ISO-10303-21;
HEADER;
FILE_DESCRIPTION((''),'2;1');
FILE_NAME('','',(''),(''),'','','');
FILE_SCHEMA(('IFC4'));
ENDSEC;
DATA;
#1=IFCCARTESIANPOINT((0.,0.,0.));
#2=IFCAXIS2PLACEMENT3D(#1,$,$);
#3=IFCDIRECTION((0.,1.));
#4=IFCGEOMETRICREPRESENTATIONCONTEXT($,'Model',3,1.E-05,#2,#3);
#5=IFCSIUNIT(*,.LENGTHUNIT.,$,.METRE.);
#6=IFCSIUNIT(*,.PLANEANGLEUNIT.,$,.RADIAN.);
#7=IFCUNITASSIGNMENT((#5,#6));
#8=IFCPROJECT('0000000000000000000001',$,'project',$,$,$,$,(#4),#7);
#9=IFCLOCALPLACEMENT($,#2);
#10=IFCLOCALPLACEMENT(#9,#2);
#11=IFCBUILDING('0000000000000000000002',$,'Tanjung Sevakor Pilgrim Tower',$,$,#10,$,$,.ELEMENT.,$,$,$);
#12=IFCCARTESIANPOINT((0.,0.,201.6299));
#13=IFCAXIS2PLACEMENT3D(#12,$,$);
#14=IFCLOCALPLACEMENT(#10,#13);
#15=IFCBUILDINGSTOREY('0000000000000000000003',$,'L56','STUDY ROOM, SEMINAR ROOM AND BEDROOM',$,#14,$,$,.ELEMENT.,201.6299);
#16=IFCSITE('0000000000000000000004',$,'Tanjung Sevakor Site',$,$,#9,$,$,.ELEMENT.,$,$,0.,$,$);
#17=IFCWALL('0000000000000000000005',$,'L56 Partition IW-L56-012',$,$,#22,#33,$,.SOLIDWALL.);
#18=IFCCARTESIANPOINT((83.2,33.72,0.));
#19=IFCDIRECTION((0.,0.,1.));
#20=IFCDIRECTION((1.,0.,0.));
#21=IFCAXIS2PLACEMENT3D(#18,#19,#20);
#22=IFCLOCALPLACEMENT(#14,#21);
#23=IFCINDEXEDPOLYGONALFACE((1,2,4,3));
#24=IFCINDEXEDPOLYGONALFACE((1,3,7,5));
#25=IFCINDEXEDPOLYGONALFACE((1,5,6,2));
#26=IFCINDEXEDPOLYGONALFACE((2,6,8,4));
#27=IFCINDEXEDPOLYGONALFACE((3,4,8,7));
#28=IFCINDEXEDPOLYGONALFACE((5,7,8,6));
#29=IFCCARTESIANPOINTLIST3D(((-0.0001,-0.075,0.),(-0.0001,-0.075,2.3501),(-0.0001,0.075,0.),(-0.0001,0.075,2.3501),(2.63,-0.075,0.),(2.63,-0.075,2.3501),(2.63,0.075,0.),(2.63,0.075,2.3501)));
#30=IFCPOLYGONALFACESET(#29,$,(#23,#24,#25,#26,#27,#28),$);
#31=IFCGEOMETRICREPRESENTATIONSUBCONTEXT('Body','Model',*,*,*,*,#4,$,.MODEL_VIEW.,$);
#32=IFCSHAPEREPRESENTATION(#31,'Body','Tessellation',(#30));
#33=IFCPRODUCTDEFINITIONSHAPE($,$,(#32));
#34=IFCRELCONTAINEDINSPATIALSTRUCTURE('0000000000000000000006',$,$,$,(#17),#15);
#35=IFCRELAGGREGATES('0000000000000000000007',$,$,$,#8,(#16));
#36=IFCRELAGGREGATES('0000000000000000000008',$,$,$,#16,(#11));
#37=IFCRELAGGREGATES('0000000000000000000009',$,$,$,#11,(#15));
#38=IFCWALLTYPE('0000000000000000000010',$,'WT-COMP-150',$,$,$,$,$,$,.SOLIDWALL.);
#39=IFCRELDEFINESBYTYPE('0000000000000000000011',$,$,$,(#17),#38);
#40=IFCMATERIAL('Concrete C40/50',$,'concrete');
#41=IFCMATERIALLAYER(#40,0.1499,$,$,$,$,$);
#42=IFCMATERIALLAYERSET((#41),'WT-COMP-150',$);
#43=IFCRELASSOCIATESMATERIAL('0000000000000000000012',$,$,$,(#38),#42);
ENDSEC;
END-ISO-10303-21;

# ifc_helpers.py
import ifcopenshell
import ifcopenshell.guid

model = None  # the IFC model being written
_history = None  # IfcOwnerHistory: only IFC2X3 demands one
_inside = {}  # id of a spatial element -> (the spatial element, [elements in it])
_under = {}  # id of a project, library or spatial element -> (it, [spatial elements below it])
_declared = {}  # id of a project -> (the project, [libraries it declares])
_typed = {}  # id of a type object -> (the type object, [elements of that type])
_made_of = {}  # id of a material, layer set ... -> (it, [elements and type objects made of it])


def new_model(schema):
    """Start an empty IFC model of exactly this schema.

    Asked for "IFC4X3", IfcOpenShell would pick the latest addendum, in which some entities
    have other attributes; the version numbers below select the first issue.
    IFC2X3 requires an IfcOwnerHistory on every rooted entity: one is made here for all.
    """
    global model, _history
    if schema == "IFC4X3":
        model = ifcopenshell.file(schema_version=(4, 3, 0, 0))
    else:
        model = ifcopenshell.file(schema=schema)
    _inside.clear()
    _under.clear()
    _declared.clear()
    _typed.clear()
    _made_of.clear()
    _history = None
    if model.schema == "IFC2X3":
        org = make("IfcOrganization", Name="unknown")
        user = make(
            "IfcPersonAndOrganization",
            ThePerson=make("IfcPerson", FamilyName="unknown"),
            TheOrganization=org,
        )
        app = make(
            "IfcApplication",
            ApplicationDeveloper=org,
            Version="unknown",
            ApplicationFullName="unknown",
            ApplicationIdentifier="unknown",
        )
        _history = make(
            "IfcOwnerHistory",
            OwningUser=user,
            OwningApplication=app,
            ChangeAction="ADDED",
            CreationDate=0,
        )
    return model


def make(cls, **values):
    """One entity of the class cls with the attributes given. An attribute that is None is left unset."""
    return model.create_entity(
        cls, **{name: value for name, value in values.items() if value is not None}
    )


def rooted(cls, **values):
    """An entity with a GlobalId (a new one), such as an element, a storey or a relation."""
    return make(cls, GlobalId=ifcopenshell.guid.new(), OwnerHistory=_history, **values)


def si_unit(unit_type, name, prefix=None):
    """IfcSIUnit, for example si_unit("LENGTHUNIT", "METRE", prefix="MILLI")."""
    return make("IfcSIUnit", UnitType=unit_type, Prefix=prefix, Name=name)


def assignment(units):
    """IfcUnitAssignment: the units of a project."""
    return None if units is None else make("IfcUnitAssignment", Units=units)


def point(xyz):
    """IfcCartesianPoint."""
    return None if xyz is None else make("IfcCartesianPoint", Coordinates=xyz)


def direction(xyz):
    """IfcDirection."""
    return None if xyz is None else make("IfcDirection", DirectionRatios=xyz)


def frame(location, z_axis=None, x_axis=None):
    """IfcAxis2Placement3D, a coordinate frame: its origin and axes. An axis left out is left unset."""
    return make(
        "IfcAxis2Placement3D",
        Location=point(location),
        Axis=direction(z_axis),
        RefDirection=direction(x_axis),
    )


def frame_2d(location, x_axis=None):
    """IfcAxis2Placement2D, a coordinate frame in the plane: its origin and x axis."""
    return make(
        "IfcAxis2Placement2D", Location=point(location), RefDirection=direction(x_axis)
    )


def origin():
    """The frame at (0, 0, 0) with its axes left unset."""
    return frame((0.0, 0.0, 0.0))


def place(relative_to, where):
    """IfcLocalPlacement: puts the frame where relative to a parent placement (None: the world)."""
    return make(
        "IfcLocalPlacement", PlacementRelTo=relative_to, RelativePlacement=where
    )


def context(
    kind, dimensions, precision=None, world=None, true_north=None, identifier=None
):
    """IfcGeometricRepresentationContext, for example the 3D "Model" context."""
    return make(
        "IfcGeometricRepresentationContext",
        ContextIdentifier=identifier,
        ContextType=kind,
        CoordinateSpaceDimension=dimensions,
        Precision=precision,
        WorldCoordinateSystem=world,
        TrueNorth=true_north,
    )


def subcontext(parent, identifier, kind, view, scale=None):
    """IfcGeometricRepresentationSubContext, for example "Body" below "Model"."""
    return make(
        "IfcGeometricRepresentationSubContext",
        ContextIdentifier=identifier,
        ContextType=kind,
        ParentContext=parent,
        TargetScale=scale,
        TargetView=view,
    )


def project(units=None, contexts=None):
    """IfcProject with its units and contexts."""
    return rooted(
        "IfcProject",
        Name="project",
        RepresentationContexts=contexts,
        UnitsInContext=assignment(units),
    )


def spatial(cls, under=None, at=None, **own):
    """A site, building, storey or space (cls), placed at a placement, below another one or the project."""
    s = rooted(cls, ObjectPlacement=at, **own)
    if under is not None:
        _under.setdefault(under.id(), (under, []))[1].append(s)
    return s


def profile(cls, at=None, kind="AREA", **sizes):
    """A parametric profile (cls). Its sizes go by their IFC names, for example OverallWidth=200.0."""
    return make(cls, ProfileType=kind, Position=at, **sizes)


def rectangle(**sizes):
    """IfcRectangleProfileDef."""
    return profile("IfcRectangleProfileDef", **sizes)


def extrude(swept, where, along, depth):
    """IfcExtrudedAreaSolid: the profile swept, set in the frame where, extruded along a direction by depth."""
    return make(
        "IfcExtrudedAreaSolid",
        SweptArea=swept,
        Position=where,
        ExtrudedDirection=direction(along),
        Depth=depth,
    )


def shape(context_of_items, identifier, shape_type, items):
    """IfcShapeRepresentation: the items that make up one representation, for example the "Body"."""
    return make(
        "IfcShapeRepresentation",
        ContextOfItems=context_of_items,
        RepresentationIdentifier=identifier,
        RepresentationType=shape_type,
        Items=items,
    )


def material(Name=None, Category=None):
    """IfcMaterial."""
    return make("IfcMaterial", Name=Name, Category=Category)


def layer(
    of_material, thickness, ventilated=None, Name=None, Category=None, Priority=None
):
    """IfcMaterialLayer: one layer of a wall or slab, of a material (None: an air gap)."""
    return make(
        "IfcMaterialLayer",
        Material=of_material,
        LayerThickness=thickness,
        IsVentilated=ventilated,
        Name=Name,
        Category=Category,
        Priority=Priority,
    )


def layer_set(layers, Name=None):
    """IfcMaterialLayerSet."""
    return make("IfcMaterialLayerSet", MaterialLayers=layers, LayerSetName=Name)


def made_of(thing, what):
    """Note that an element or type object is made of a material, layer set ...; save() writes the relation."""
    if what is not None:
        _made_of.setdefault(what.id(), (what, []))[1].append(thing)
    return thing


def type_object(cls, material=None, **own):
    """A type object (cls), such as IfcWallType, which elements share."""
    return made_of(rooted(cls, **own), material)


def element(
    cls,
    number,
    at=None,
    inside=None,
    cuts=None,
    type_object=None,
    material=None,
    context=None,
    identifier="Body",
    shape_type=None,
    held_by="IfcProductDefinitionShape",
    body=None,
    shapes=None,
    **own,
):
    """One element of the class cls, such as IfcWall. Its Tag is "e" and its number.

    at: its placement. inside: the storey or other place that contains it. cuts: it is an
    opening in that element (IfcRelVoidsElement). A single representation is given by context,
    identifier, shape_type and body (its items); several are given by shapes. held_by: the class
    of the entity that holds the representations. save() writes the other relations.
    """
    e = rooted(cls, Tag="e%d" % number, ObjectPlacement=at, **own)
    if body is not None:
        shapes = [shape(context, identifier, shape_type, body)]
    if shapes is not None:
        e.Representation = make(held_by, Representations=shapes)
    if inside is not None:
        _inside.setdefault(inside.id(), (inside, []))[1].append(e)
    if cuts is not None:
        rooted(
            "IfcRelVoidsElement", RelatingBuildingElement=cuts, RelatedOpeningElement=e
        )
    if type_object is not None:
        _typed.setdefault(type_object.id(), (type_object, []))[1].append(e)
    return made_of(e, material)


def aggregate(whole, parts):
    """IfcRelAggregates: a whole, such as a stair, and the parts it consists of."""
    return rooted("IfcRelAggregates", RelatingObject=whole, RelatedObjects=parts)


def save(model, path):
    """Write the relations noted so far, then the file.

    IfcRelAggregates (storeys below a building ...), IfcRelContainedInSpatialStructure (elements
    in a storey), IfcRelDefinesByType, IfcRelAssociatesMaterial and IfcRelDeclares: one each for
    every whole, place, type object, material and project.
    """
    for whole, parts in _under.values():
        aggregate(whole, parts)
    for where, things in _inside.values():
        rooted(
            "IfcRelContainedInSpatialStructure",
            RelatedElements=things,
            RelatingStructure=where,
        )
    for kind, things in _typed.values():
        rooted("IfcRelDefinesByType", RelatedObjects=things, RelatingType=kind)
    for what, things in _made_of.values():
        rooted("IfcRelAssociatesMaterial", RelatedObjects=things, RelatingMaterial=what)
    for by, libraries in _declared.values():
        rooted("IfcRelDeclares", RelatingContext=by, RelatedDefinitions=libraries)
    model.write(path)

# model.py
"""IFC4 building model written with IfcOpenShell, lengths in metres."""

from ifc_helpers import new_model, si_unit, direction, frame, frame_2d, origin, place, context, subcontext, project, spatial, rectangle, extrude, material, layer, layer_set, type_object, element, save


model = new_model("IFC4")

# Units and contexts
model_context = context("Model", 3, precision=1e-05, world=origin(), true_north=direction((0.0, 1.0)))
body_context = subcontext(model_context, "Body", "Model", "MODEL_VIEW")
ifc_project = project(units=[si_unit("LENGTHUNIT", "METRE"), si_unit("PLANEANGLEUNIT", "RADIAN")], contexts=[model_context])

# Site, building, storey
site_placement = place(None, origin())
site = spatial("IfcSite", under=ifc_project, at=site_placement, Name="Tanjung Sevakor Site", CompositionType="ELEMENT", RefElevation=0.0)
building_placement = place(site_placement, origin())
building = spatial("IfcBuilding", under=site, at=building_placement, Name="Tanjung Sevakor Pilgrim Tower", CompositionType="ELEMENT")
storey_placement = place(building_placement, frame((0.0, 0.0, 201.6299)))
storey = spatial("IfcBuildingStorey", under=building, at=storey_placement, Name="L56", Description="STUDY ROOM, SEMINAR ROOM AND BEDROOM", CompositionType="ELEMENT", Elevation=201.6299)

# Wall
ifc_material_1 = material(Name="Concrete C40/50", Category="concrete")
ifc_layer_1 = layer(ifc_material_1, 0.1499)
ifc_layer_set_1 = layer_set([ifc_layer_1], Name="WT-COMP-150")
wall_type_1 = type_object("IfcWallType", Name="WT-COMP-150", PredefinedType="SOLIDWALL", material=ifc_layer_set_1)
wall_1_placement = place(storey_placement, frame((83.2, 33.72, 0.0), z_axis=(0.0, 0.0, 1.0), x_axis=(1.0, 0.0, 0.0)))
element("IfcWall", 1, at=wall_1_placement, inside=storey, type_object=wall_type_1, Name="L56 Partition IW-L56-012", PredefinedType="SOLIDWALL", context=body_context, shape_type="SweptSolid", body=[
    extrude(rectangle(XDim=2.6301, YDim=0.1499, at=frame_2d((1.3149, 0.0))), origin(), (0.0, 0.0, 1.0), 2.3501),
])

save(model, "model.ifc")
